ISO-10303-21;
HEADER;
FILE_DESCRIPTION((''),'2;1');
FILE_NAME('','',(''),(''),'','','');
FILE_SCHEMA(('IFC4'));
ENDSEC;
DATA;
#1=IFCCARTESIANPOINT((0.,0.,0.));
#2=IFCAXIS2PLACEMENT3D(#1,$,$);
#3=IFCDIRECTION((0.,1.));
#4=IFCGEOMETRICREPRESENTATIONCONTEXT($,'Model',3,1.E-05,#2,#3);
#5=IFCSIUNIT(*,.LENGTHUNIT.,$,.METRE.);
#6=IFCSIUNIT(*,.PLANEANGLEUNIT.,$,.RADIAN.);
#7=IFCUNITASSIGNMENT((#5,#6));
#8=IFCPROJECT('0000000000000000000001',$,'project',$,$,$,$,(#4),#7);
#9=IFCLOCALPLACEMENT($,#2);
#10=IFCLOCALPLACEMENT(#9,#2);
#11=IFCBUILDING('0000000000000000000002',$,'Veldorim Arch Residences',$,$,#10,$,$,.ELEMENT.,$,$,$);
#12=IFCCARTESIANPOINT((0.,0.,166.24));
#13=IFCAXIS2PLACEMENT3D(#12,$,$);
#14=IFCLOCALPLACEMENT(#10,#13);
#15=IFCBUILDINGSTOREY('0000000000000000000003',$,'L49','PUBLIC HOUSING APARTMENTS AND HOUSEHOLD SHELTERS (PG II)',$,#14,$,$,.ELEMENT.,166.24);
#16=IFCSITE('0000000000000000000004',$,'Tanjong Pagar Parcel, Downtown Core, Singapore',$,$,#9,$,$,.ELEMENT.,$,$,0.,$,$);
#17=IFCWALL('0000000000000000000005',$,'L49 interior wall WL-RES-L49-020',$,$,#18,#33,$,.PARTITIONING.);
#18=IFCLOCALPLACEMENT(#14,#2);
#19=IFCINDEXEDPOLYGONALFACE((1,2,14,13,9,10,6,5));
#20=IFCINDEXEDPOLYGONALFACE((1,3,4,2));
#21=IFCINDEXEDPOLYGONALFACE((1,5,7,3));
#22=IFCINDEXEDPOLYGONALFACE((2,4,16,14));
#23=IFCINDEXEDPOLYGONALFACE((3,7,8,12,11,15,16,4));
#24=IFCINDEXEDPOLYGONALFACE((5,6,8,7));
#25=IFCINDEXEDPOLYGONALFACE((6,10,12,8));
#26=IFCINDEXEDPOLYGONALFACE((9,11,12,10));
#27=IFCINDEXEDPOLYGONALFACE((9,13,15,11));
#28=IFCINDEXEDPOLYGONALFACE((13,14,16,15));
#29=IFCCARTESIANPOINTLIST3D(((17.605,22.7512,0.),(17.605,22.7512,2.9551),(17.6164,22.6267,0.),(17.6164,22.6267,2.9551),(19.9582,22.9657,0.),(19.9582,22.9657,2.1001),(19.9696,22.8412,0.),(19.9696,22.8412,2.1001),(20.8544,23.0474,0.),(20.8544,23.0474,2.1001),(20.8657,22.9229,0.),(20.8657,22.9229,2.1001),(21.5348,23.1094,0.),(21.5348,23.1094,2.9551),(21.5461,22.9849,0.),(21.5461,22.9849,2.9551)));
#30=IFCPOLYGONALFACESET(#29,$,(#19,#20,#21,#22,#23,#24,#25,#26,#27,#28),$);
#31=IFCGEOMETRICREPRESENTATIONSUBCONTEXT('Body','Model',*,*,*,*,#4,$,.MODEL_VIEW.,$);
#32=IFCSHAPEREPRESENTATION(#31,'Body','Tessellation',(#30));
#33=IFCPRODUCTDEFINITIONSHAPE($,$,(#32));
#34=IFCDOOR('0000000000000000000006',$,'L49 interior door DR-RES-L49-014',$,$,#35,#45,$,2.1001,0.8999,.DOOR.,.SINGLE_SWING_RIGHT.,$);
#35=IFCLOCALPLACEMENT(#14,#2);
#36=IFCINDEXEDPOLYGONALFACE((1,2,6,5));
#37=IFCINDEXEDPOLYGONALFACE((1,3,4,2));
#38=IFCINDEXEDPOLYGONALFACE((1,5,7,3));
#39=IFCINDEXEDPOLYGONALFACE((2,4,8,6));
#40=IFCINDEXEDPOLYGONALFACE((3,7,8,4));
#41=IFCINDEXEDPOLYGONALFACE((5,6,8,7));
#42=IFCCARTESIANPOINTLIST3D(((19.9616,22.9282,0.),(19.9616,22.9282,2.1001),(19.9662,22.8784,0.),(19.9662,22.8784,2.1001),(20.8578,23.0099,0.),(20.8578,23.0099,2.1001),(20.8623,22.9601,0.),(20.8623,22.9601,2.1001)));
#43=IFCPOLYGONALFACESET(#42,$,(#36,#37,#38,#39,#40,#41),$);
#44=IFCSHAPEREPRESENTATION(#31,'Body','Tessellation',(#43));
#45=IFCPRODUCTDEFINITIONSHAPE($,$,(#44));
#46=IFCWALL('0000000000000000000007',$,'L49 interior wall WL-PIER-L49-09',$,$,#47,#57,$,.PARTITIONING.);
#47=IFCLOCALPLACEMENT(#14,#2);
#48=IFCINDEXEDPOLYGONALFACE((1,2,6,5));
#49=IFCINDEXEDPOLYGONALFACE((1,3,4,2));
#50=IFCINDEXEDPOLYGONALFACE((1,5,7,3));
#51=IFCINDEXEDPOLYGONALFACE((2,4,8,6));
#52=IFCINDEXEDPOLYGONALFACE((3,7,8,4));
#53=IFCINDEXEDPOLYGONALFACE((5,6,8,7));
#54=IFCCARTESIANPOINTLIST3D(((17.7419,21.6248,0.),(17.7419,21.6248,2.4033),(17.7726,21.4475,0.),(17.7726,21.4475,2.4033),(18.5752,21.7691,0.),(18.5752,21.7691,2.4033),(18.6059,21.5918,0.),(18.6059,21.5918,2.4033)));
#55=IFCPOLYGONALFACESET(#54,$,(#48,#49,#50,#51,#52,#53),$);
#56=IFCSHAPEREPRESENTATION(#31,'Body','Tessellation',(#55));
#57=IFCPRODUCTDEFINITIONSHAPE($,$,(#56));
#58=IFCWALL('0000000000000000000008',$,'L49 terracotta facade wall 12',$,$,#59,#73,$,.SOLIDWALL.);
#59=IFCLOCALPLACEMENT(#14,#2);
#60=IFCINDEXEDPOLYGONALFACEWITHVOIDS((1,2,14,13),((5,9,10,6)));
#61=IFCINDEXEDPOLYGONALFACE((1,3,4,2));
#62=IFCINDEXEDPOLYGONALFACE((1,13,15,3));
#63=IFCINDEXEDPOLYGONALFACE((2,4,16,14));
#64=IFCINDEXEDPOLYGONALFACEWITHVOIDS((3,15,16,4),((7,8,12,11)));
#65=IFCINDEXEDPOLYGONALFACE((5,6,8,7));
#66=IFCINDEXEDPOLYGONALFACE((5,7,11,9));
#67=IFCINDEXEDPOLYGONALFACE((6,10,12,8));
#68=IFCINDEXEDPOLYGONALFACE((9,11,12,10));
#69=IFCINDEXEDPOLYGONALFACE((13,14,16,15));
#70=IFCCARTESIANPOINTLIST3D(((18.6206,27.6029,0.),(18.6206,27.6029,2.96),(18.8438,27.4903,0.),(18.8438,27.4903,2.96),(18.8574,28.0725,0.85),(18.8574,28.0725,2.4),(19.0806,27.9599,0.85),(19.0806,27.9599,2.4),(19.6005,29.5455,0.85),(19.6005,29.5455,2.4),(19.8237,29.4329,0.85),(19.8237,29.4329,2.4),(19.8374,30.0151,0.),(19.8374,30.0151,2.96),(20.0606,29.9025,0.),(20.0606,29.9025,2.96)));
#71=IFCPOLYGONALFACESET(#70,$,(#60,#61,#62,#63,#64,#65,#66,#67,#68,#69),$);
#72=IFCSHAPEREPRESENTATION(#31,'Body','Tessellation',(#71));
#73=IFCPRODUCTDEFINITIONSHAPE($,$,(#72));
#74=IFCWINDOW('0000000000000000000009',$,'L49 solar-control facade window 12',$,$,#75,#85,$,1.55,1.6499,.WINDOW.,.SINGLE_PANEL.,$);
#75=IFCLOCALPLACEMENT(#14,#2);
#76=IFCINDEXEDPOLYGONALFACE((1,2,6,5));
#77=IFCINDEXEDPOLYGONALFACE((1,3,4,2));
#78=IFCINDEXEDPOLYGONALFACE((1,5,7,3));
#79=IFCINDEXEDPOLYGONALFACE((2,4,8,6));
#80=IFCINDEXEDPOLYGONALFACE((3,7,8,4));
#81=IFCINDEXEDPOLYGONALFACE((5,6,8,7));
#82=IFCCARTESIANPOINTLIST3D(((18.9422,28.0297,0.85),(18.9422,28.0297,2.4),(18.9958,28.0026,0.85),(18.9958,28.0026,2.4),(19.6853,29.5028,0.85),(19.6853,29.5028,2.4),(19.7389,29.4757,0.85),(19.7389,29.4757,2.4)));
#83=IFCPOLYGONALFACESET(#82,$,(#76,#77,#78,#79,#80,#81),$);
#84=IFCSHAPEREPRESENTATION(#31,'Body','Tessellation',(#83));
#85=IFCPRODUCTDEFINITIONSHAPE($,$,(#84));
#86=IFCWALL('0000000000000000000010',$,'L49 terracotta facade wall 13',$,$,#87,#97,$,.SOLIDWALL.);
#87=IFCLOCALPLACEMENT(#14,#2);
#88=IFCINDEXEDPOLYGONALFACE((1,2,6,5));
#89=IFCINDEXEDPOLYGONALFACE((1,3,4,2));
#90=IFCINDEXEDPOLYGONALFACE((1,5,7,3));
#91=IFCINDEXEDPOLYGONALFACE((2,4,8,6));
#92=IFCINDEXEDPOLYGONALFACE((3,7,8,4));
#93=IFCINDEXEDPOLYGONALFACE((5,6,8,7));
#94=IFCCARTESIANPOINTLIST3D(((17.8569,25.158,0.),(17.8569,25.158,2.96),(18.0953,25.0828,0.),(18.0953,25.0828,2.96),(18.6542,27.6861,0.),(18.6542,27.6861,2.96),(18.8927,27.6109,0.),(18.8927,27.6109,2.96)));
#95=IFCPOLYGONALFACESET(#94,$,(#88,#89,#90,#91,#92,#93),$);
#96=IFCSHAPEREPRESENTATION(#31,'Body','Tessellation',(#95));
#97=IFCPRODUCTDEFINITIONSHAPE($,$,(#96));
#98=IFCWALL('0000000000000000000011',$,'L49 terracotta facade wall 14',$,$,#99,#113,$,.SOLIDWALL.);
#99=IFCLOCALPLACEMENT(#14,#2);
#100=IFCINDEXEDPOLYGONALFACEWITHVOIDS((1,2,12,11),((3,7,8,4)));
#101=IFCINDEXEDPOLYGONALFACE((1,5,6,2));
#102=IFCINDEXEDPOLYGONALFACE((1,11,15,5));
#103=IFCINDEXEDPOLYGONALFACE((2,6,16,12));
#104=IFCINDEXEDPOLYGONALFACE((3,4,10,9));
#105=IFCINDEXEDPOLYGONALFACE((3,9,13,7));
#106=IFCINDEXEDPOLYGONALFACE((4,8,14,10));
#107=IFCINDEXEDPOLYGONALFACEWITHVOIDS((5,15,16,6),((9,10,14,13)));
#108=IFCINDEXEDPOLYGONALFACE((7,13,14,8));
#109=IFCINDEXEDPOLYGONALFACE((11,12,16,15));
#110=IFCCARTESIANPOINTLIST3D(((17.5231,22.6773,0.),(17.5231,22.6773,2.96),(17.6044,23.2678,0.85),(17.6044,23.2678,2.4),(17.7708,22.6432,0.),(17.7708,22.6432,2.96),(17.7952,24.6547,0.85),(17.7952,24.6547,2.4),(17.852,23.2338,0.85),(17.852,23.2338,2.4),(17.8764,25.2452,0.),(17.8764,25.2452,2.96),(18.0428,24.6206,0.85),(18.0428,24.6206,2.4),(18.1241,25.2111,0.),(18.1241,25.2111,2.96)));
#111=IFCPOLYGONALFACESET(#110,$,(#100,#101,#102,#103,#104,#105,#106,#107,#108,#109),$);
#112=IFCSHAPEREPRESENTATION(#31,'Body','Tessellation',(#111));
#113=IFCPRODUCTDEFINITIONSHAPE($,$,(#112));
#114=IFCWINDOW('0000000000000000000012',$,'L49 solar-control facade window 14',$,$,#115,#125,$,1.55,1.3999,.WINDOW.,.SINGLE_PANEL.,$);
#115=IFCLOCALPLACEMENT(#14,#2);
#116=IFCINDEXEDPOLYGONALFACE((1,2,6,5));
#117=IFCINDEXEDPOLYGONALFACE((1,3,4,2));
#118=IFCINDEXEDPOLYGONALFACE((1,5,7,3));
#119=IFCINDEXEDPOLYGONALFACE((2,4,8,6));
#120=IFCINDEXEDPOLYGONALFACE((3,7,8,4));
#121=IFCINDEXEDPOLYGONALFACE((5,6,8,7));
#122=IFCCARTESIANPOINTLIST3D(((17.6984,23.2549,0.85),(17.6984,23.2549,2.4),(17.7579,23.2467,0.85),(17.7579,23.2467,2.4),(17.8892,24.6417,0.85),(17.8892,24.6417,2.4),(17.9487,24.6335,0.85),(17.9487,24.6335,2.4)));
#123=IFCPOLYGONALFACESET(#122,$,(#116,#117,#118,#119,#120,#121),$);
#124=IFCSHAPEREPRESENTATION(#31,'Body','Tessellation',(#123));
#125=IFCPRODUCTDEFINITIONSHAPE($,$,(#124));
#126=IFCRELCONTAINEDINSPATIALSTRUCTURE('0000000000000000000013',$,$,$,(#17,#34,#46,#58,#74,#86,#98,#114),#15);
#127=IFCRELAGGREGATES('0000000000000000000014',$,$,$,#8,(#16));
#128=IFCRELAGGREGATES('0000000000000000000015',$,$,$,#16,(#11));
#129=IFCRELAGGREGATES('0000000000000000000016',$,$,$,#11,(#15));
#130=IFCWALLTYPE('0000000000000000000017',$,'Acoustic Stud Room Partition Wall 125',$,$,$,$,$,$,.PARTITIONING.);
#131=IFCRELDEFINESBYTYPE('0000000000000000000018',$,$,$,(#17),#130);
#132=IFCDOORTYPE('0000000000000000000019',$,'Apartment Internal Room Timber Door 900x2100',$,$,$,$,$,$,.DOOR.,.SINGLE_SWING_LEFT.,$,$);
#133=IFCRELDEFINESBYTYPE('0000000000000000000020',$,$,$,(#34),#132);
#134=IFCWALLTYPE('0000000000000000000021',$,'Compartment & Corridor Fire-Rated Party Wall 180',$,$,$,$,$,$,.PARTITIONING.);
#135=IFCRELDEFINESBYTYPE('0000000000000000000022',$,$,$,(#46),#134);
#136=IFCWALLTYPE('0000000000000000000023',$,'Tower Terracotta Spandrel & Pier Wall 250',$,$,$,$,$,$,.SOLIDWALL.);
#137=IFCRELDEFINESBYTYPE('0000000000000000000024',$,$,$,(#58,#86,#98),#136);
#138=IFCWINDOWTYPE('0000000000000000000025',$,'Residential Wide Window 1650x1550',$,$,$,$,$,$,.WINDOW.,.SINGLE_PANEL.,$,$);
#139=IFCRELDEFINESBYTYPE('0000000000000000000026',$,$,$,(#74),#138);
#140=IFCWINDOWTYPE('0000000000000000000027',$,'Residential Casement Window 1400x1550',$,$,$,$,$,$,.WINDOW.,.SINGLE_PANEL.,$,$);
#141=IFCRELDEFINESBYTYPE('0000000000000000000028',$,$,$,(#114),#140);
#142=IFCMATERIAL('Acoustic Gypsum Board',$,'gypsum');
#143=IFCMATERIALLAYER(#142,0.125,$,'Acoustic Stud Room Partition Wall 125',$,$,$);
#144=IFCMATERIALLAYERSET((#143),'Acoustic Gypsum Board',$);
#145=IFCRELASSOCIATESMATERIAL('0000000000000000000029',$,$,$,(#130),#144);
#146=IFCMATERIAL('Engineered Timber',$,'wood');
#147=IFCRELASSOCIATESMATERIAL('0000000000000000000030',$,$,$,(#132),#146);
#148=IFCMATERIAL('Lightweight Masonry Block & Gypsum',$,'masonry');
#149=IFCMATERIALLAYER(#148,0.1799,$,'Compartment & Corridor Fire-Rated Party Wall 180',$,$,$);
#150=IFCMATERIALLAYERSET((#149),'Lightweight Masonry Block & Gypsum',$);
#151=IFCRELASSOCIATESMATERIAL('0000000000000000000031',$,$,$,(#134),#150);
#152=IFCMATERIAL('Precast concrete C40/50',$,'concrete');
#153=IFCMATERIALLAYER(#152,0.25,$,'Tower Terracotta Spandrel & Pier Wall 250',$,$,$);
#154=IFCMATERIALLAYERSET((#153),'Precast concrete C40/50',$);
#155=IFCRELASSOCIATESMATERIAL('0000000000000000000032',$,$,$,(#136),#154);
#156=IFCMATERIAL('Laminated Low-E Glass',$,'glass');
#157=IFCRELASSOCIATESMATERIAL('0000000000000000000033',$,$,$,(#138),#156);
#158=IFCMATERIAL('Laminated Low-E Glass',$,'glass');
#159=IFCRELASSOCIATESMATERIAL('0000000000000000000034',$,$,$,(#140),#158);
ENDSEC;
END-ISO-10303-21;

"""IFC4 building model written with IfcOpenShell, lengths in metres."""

from ifc_helpers import new_model, si_unit, direction, frame, frame_2d, origin, place, context, subcontext, project, spatial, rectangle, extrude, material, layer, layer_set, type_object, element, fill, save


model = new_model("IFC4")

# Units and contexts
model_context = context("Model", 3, precision=1e-05, world=origin(), true_north=direction((0.0, 1.0)))
body_context = subcontext(model_context, "Body", "Model", "MODEL_VIEW")
ifc_project = project(units=[si_unit("LENGTHUNIT", "METRE"), si_unit("PLANEANGLEUNIT", "RADIAN")], contexts=[model_context])

# Site, building, storey
site_placement = place(None, origin())
site = spatial("IfcSite", under=ifc_project, at=site_placement, Name="Tanjong Pagar Parcel, Downtown Core, Singapore", CompositionType="ELEMENT", RefElevation=0.0)
building_placement = place(site_placement, origin())
building = spatial("IfcBuilding", under=site, at=building_placement, Name="Veldorim Arch Residences", CompositionType="ELEMENT")
storey_placement = place(building_placement, frame((0.0, 0.0, 166.24)))
storey = spatial("IfcBuildingStorey", under=building, at=storey_placement, Name="L49", Description="PUBLIC HOUSING APARTMENTS AND HOUSEHOLD SHELTERS (PG II)", CompositionType="ELEMENT", Elevation=166.24)

# Wall, opening, door
ifc_material_1 = material(Name="Acoustic Gypsum Board", Category="gypsum")
ifc_layer_1 = layer(ifc_material_1, 0.125, Name="Acoustic Stud Room Partition Wall 125")
ifc_layer_set_1 = layer_set([ifc_layer_1], Name="Acoustic Gypsum Board")
wall_type_1 = type_object("IfcWallType", Name="Acoustic Stud Room Partition Wall 125", PredefinedType="PARTITIONING", material=ifc_layer_set_1)
wall_1_placement = place(storey_placement, frame((17.6106, 22.689, 0.0), z_axis=(0.0, 0.0, 1.0), x_axis=(0.995872, 0.090764, 0.0)))
wall_1 = element("IfcWall", 1, at=wall_1_placement, inside=storey, type_object=wall_type_1, Name="L49 interior wall WL-RES-L49-020", PredefinedType="PARTITIONING", context=body_context, shape_type="SweptSolid", body=[
    extrude(rectangle(XDim=3.946, YDim=0.125, at=frame_2d((1.9731, 0.0))), origin(), (0.0, 0.0, 1.0), 2.9551),
])
opening_1_placement = place(wall_1_placement, frame((2.363, 0.0, 0.0)))
opening_1 = element("IfcOpeningElement", 2, at=opening_1_placement, cuts=wall_1, PredefinedType="OPENING", context=body_context, shape_type="SweptSolid", body=[
    extrude(rectangle(XDim=0.8999, YDim=2.1001, at=frame_2d((0.45, 1.05))), frame((0.0, 0.0725, 0.0), z_axis=(0.0, -1.0, 0.0), x_axis=(1.0, 0.0, 0.0)), (0.0, 0.0, 1.0), 0.145),
])
ifc_material_2 = material(Name="Engineered Timber", Category="wood")
door_type = type_object("IfcDoorType", Name="Apartment Internal Room Timber Door 900x2100", OperationType="SINGLE_SWING_LEFT", PredefinedType="DOOR", material=ifc_material_2)
door_placement = place(opening_1_placement, origin())
door = element("IfcDoor", 3, at=door_placement, inside=storey, type_object=door_type, Name="L49 interior door DR-RES-L49-014", OperationType="SINGLE_SWING_RIGHT", OverallHeight=2.1001, OverallWidth=0.8999, PredefinedType="DOOR", context=body_context, shape_type="SweptSolid", body=[
    extrude(rectangle(XDim=0.8999, YDim=2.1001, at=frame_2d((0.45, 1.05))), frame((0.0, 0.0249, 0.0), z_axis=(0.0, -1.0, 0.0), x_axis=(1.0, 0.0, 0.0)), (0.0, 0.0, 1.0), 0.05),
])
fill(opening_1, door)

# Wall
ifc_material_3 = material(Name="Lightweight Masonry Block & Gypsum", Category="masonry")
ifc_layer_2 = layer(ifc_material_3, 0.1799, Name="Compartment & Corridor Fire-Rated Party Wall 180")
ifc_layer_set_2 = layer_set([ifc_layer_2], Name="Lightweight Masonry Block & Gypsum")
wall_type_2 = type_object("IfcWallType", Name="Compartment & Corridor Fire-Rated Party Wall 180", PredefinedType="PARTITIONING", material=ifc_layer_set_2)
wall_2_placement = place(storey_placement, frame((18.5906, 21.6804, 0.0), z_axis=(0.0, 0.0, 1.0), x_axis=(-0.985337, -0.170622, 0.0)))
element("IfcWall", 4, at=wall_2_placement, inside=storey, type_object=wall_type_2, Name="L49 interior wall WL-PIER-L49-09", PredefinedType="PARTITIONING", context=body_context, shape_type="SweptSolid", body=[
    extrude(rectangle(XDim=0.8457, YDim=0.1799, at=frame_2d((0.4229, 0.0))), origin(), (0.0, 0.0, 1.0), 2.4033),
])

# Wall, opening, window
ifc_material_4 = material(Name="Precast concrete C40/50", Category="concrete")
ifc_layer_3 = layer(ifc_material_4, 0.25, Name="Tower Terracotta Spandrel & Pier Wall 250")
ifc_layer_set_3 = layer_set([ifc_layer_3], Name="Precast concrete C40/50")
wall_type_3 = type_object("IfcWallType", Name="Tower Terracotta Spandrel & Pier Wall 250", PredefinedType="SOLIDWALL", material=ifc_layer_set_3)
wall_3_placement = place(storey_placement, frame((18.7322, 27.5466, 0.0), z_axis=(0.0, 0.0, 1.0), x_axis=(0.450392, 0.892831, 0.0)))
wall_3 = element("IfcWall", 5, at=wall_3_placement, inside=storey, type_object=wall_type_3, Name="L49 terracotta facade wall 12", PredefinedType="SOLIDWALL", context=body_context, shape_type="SweptSolid", body=[
    extrude(rectangle(XDim=2.7017, YDim=0.25, at=frame_2d((1.3508, 0.0))), origin(), (0.0, 0.0, 1.0), 2.96),
])
opening_2_placement = place(wall_3_placement, frame((0.5259, 0.0, 0.8501)))
opening_2 = element("IfcOpeningElement", 6, at=opening_2_placement, cuts=wall_3, PredefinedType="OPENING", context=body_context, shape_type="SweptSolid", body=[
    extrude(rectangle(XDim=1.6499, YDim=1.55, at=frame_2d((0.825, 0.7749))), frame((0.0, 0.135, 0.0), z_axis=(0.0, -1.0, 0.0), x_axis=(1.0, 0.0, 0.0)), (0.0, 0.0, 1.0), 0.27),
])
ifc_material_5 = material(Name="Laminated Low-E Glass", Category="glass")
window_type_1 = type_object("IfcWindowType", Name="Residential Wide Window 1650x1550", PartitioningType="SINGLE_PANEL", PredefinedType="WINDOW", material=ifc_material_5)
window_1_placement = place(opening_2_placement, origin())
window_1 = element("IfcWindow", 7, at=window_1_placement, inside=storey, type_object=window_type_1, Name="L49 solar-control facade window 12", OverallHeight=1.55, OverallWidth=1.6499, PartitioningType="SINGLE_PANEL", PredefinedType="WINDOW", context=body_context, shape_type="SweptSolid", body=[
    extrude(rectangle(XDim=1.6499, YDim=1.55, at=frame_2d((0.825, 0.7749))), frame((0.0, 0.03, 0.0), z_axis=(0.0, -1.0, 0.0), x_axis=(1.0, 0.0, 0.0)), (0.0, 0.0, 1.0), 0.0601),
])
fill(opening_2, window_1)

# Wall
wall_4_placement = place(storey_placement, frame((17.9761, 25.1204, 0.0), z_axis=(0.0, 0.0, 1.0), x_axis=(0.300796, 0.953688, 0.0)))
element("IfcWall", 8, at=wall_4_placement, inside=storey, type_object=wall_type_3, Name="L49 terracotta facade wall 13", PredefinedType="SOLIDWALL", context=body_context, shape_type="SweptSolid", body=[
    extrude(rectangle(XDim=2.6509, YDim=0.25, at=frame_2d((1.3254, 0.0))), origin(), (0.0, 0.0, 1.0), 2.96),
])

# Wall, opening, window
wall_5_placement = place(storey_placement, frame((17.647, 22.6604, 0.0), z_axis=(0.0, 0.0, 1.0), x_axis=(0.13629, 0.990669, 0.0)))
wall_5 = element("IfcWall", 9, at=wall_5_placement, inside=storey, type_object=wall_type_3, Name="L49 terracotta facade wall 14", PredefinedType="SOLIDWALL", context=body_context, shape_type="SweptSolid", body=[
    extrude(rectangle(XDim=2.592, YDim=0.25, at=frame_2d((1.2959, 0.0))), origin(), (0.0, 0.0, 1.0), 2.96),
])
opening_3_placement = place(wall_5_placement, frame((0.5959, 0.0, 0.8501)))
opening_3 = element("IfcOpeningElement", 10, at=opening_3_placement, cuts=wall_5, PredefinedType="OPENING", context=body_context, shape_type="SweptSolid", body=[
    extrude(rectangle(XDim=1.3999, YDim=1.55, at=frame_2d((0.7, 0.7749))), frame((0.0, 0.135, 0.0), z_axis=(0.0, -1.0, 0.0), x_axis=(1.0, 0.0, 0.0)), (0.0, 0.0, 1.0), 0.27),
])
ifc_material_6 = material(Name="Laminated Low-E Glass", Category="glass")
window_type_2 = type_object("IfcWindowType", Name="Residential Casement Window 1400x1550", PartitioningType="SINGLE_PANEL", PredefinedType="WINDOW", material=ifc_material_6)
window_2_placement = place(opening_3_placement, origin())
window_2 = element("IfcWindow", 11, at=window_2_placement, inside=storey, type_object=window_type_2, Name="L49 solar-control facade window 14", OverallHeight=1.55, OverallWidth=1.3999, PartitioningType="SINGLE_PANEL", PredefinedType="WINDOW", context=body_context, shape_type="SweptSolid", body=[
    extrude(rectangle(XDim=1.3999, YDim=1.55, at=frame_2d((0.7, 0.7749))), frame((0.0, 0.03, 0.0), z_axis=(0.0, -1.0, 0.0), x_axis=(1.0, 0.0, 0.0)), (0.0, 0.0, 1.0), 0.0601),
])
fill(opening_3, window_2)

save(model, "model.ifc")
